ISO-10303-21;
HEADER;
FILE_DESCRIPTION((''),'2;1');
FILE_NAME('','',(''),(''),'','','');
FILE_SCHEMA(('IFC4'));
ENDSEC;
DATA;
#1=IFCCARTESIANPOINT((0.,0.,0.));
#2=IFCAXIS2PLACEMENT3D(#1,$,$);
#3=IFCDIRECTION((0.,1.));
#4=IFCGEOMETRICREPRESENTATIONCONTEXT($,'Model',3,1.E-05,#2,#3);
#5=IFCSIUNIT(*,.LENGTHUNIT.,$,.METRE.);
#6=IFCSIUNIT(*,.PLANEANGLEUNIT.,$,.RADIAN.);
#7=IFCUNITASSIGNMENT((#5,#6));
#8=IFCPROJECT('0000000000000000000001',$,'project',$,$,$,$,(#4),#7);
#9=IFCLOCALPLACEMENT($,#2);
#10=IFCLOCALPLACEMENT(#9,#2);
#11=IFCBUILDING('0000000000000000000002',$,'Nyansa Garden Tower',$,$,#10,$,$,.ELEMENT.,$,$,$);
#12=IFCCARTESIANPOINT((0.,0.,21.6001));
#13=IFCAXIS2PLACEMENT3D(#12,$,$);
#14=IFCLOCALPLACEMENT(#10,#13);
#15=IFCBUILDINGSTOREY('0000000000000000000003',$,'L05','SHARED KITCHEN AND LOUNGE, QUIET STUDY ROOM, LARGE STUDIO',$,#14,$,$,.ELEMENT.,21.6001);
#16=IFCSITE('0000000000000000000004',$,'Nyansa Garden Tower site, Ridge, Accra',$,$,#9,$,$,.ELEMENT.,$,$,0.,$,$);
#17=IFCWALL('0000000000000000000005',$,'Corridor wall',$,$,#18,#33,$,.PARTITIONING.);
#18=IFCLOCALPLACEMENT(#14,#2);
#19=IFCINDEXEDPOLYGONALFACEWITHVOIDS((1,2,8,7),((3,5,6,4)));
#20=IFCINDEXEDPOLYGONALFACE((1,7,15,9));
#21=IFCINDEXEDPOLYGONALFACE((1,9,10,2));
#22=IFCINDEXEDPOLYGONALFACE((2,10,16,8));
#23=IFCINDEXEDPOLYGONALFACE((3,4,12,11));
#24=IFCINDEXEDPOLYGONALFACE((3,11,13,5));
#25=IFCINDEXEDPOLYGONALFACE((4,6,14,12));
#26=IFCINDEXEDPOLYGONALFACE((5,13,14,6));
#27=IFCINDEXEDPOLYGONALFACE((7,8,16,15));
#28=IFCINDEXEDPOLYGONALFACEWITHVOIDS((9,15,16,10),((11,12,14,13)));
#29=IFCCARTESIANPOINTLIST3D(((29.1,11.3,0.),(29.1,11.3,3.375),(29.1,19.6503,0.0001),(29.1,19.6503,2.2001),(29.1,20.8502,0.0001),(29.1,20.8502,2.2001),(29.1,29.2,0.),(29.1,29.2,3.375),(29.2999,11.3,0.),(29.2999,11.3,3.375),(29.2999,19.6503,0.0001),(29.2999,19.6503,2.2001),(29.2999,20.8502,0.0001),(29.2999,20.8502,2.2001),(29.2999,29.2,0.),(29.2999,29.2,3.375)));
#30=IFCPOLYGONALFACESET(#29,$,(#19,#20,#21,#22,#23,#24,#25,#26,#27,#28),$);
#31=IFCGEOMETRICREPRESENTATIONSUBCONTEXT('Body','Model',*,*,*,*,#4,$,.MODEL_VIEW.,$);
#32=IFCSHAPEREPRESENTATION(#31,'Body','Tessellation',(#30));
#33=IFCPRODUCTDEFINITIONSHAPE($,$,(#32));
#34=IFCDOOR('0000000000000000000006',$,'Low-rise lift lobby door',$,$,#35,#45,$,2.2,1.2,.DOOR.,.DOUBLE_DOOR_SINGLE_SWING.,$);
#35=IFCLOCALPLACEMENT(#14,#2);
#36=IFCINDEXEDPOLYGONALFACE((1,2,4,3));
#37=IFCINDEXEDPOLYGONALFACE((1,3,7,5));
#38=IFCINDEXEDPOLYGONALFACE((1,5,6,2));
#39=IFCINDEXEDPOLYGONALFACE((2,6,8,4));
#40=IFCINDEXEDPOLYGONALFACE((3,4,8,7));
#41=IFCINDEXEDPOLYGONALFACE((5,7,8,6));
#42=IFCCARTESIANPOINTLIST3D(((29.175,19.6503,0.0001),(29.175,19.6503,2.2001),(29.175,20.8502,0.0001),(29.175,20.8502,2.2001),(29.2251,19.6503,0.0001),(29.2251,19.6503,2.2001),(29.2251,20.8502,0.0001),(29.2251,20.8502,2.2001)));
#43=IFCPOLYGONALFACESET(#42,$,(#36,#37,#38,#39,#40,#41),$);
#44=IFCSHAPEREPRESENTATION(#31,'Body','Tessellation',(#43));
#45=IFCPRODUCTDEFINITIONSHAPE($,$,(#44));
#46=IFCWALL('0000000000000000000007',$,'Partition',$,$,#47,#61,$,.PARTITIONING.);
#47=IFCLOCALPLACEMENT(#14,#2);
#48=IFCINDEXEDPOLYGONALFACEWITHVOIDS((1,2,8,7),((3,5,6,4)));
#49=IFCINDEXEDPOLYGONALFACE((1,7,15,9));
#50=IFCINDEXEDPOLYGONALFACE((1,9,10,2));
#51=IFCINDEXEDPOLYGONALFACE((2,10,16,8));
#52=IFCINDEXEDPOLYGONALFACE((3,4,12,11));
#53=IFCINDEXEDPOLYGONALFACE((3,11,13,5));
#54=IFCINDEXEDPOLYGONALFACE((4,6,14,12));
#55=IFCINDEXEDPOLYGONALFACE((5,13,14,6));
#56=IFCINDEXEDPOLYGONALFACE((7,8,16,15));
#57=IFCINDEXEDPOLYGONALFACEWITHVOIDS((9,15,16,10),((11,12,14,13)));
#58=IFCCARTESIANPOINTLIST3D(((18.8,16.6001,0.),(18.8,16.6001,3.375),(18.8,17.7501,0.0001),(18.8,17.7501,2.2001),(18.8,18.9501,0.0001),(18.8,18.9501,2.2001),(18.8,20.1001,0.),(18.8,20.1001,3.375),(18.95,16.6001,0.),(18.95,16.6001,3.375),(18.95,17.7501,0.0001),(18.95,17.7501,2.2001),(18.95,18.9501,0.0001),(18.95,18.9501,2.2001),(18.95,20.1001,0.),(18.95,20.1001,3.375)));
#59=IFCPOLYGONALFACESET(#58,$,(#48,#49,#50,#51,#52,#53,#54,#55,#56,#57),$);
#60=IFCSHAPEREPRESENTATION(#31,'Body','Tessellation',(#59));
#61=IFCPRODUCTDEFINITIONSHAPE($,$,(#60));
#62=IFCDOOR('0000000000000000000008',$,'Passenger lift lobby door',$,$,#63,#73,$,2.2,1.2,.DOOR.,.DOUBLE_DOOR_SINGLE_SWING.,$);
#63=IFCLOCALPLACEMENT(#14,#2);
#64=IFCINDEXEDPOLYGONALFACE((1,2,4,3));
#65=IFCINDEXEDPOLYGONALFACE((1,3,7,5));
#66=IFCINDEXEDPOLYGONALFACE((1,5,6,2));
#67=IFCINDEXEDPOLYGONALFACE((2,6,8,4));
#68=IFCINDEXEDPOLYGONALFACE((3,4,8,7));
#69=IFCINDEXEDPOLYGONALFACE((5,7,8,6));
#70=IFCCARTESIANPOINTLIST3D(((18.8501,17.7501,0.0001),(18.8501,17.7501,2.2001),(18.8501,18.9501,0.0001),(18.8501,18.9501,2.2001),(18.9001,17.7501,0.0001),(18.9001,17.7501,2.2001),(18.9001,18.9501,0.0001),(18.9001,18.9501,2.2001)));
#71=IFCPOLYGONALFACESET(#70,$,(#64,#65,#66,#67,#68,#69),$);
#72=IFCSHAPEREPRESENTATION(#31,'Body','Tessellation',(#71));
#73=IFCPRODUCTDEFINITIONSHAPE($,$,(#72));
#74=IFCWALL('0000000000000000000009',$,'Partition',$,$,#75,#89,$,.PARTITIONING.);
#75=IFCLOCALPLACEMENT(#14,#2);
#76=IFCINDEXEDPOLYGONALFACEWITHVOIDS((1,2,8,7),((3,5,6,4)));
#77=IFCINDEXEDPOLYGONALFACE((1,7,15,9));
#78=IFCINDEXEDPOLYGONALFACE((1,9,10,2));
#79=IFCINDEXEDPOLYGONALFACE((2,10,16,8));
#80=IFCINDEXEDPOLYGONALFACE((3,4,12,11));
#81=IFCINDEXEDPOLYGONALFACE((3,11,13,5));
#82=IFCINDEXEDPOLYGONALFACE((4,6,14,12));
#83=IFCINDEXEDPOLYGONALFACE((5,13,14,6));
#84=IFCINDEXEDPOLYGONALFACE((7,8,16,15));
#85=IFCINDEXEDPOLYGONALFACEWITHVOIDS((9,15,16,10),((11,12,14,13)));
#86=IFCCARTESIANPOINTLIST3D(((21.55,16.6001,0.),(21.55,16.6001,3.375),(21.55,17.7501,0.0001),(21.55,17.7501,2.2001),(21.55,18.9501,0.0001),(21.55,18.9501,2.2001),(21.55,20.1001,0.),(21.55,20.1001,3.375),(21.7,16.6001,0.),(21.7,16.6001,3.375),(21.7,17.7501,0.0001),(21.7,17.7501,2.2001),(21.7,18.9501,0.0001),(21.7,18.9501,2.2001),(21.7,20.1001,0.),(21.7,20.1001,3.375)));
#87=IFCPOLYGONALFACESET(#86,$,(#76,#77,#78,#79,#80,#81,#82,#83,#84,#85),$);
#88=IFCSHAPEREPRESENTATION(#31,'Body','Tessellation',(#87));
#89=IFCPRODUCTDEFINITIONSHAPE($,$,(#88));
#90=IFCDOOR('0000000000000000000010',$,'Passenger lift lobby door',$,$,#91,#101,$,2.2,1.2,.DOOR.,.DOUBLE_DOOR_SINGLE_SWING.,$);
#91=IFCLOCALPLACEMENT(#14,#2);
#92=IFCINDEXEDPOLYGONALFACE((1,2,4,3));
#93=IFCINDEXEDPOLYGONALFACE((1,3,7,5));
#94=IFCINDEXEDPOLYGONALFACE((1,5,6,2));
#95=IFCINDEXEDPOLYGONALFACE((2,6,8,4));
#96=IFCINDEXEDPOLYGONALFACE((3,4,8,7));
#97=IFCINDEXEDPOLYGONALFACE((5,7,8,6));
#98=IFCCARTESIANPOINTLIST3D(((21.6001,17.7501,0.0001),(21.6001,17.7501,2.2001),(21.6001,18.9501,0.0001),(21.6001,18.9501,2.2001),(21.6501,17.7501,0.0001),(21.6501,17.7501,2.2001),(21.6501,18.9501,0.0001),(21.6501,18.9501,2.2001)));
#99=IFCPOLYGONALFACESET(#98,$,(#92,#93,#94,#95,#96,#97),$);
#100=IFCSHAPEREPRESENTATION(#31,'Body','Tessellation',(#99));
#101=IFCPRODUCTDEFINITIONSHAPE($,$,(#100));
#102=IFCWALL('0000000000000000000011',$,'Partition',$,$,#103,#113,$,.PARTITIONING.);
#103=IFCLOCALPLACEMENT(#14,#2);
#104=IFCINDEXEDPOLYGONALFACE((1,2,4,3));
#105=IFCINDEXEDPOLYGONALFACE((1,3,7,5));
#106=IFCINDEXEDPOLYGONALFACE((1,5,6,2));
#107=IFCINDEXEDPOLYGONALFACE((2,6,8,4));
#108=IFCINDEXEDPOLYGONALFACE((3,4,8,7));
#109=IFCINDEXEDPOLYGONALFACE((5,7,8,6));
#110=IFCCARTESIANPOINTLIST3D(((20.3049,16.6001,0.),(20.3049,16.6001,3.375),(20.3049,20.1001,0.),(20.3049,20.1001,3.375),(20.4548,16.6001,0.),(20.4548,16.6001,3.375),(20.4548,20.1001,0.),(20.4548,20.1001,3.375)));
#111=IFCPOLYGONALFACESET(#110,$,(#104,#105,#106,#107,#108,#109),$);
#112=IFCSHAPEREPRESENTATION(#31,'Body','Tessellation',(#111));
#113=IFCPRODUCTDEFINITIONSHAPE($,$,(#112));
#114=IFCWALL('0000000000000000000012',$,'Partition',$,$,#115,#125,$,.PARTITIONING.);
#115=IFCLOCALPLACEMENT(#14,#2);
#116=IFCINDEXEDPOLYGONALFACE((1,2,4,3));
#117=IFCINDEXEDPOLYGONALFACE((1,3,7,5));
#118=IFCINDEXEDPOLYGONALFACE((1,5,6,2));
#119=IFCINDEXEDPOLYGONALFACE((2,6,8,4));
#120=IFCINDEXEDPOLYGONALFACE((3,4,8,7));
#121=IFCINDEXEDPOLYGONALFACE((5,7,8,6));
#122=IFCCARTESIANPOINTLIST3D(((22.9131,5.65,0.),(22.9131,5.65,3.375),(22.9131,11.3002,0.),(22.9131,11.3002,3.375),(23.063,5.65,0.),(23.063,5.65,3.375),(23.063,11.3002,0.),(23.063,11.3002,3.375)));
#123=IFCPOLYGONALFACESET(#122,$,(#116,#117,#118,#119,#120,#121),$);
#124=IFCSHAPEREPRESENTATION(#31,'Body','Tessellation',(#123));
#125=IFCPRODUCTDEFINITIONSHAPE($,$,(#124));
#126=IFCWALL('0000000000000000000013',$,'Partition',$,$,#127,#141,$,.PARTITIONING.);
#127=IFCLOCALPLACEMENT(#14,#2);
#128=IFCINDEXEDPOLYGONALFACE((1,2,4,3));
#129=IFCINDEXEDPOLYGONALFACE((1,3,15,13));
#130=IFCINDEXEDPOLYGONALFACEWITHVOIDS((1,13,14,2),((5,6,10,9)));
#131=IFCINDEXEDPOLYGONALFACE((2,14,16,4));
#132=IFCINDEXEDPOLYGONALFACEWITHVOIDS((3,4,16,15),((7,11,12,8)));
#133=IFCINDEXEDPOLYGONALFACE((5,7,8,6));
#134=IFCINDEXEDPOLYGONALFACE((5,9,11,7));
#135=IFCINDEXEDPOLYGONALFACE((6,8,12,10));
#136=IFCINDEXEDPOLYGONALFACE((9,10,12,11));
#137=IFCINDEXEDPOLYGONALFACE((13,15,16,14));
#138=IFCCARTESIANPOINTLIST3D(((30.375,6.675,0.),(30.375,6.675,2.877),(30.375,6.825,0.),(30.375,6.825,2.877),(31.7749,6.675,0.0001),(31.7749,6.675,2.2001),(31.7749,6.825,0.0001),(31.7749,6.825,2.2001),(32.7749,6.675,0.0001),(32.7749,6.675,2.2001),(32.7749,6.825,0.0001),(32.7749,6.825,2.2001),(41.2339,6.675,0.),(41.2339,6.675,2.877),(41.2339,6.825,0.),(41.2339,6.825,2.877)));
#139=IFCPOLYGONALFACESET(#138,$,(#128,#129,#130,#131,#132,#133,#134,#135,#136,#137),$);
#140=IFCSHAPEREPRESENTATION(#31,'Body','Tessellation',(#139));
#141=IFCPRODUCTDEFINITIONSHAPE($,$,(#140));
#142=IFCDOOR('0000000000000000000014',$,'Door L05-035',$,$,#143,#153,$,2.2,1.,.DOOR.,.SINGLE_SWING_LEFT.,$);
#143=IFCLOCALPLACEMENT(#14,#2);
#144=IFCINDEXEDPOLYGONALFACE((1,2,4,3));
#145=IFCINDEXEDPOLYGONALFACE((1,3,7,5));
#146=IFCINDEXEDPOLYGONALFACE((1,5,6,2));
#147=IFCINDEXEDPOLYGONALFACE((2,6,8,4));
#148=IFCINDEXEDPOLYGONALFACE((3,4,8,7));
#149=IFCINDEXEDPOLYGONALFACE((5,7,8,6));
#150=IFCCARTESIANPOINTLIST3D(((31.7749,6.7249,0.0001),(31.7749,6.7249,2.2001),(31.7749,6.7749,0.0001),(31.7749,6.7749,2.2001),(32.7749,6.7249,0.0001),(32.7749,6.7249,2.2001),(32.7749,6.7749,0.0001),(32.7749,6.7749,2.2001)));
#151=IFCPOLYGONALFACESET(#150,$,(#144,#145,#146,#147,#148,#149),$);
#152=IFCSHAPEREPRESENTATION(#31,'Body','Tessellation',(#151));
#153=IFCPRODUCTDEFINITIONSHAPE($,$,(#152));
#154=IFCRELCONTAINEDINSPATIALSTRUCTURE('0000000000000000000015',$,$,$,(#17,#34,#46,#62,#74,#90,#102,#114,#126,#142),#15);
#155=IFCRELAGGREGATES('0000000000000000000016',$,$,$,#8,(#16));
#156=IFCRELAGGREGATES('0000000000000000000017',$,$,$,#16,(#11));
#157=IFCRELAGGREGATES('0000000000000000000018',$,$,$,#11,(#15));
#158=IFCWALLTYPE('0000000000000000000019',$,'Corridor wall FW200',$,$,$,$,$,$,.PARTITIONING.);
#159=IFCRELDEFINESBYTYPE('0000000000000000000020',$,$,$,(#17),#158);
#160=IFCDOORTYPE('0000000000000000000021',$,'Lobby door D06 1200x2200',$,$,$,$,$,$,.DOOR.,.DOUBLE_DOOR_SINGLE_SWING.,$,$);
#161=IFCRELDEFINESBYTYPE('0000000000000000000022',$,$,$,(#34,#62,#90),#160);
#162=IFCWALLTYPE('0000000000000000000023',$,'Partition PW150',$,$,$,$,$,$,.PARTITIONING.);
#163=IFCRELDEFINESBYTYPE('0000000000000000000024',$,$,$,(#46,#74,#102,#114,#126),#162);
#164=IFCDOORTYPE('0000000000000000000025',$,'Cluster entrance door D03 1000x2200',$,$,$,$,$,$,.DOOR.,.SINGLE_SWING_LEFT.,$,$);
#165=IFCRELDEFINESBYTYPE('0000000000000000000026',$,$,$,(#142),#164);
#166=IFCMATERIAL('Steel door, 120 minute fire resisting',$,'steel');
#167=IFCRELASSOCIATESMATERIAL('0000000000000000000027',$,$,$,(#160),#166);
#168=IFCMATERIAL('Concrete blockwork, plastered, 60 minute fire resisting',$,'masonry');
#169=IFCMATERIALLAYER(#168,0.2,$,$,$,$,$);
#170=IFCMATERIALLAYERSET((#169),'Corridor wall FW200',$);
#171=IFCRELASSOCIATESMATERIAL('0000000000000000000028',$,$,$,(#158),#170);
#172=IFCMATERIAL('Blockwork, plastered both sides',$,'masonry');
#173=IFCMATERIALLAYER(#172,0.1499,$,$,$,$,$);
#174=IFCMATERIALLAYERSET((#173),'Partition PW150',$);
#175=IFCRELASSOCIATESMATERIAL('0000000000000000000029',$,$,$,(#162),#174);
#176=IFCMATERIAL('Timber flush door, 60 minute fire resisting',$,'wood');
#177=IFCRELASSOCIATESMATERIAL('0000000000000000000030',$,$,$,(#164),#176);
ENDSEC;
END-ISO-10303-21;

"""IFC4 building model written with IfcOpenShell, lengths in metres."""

from ifc_helpers import new_model, si_unit, direction, frame, frame_2d, origin, place, context, subcontext, project, spatial, rectangle, extrude, material, layer, layer_set, type_object, element, fill, save


model = new_model("IFC4")

# Units and contexts
model_context = context("Model", 3, precision=1e-05, world=origin(), true_north=direction((0.0, 1.0)))
body_context = subcontext(model_context, "Body", "Model", "MODEL_VIEW")
ifc_project = project(units=[si_unit("LENGTHUNIT", "METRE"), si_unit("PLANEANGLEUNIT", "RADIAN")], contexts=[model_context])

# Site, building, storey
site_placement = place(None, origin())
site = spatial("IfcSite", under=ifc_project, at=site_placement, Name="Nyansa Garden Tower site, Ridge, Accra", CompositionType="ELEMENT", RefElevation=0.0)
building_placement = place(site_placement, origin())
building = spatial("IfcBuilding", under=site, at=building_placement, Name="Nyansa Garden Tower", CompositionType="ELEMENT")
storey_placement = place(building_placement, frame((0.0, 0.0, 21.6001)))
storey = spatial("IfcBuildingStorey", under=building, at=storey_placement, Name="L05", Description="SHARED KITCHEN AND LOUNGE, QUIET STUDY ROOM, LARGE STUDIO", CompositionType="ELEMENT", Elevation=21.6001)

# Walls, openings, doors
ifc_material_1 = material(Name="Steel door, 120 minute fire resisting", Category="steel")
door_type_1 = type_object("IfcDoorType", Name="Lobby door D06 1200x2200", OperationType="DOUBLE_DOOR_SINGLE_SWING", PredefinedType="DOOR", material=ifc_material_1)
ifc_material_2 = material(Name="Concrete blockwork, plastered, 60 minute fire resisting", Category="masonry")
ifc_layer_1 = layer(ifc_material_2, 0.2)
ifc_layer_set_1 = layer_set([ifc_layer_1], Name="Corridor wall FW200")
wall_type_1 = type_object("IfcWallType", Name="Corridor wall FW200", PredefinedType="PARTITIONING", material=ifc_layer_set_1)
wall_1_placement = place(storey_placement, frame((29.2, 11.3, 0.0), z_axis=(0.0, 0.0, 1.0), x_axis=(0.0, 1.0, 0.0)))
wall_1 = element("IfcWall", 1, at=wall_1_placement, inside=storey, type_object=wall_type_1, Name="Corridor wall", PredefinedType="PARTITIONING", context=body_context, shape_type="SweptSolid", body=[
    extrude(rectangle(XDim=17.8999, YDim=0.2, at=frame_2d((8.95, 0.0))), origin(), (0.0, 0.0, 1.0), 3.375),
])
opening_1_placement = place(wall_1_placement, frame((8.3501, 0.0, 0.0)))
opening_1 = element("IfcOpeningElement", 2, at=opening_1_placement, cuts=wall_1, PredefinedType="OPENING", context=body_context, shape_type="SweptSolid", body=[
    extrude(rectangle(XDim=1.2, YDim=2.2, at=frame_2d((0.6001, 1.1001))), frame((0.0, 0.1099, 0.0), z_axis=(0.0, -1.0, 0.0), x_axis=(1.0, 0.0, 0.0)), (0.0, 0.0, 1.0), 0.22),
])
door_1_placement = place(opening_1_placement, origin())
door_1 = element("IfcDoor", 3, at=door_1_placement, inside=storey, type_object=door_type_1, Name="Low-rise lift lobby door", OperationType="DOUBLE_DOOR_SINGLE_SWING", OverallHeight=2.2, OverallWidth=1.2, PredefinedType="DOOR", context=body_context, shape_type="SweptSolid", body=[
    extrude(rectangle(XDim=1.2, YDim=2.2, at=frame_2d((0.6001, 1.1001))), frame((0.0, 0.0249, 0.0), z_axis=(0.0, -1.0, 0.0), x_axis=(1.0, 0.0, 0.0)), (0.0, 0.0, 1.0), 0.05),
])
fill(opening_1, door_1)
ifc_material_3 = material(Name="Blockwork, plastered both sides", Category="masonry")
ifc_layer_2 = layer(ifc_material_3, 0.1499)
ifc_layer_set_2 = layer_set([ifc_layer_2], Name="Partition PW150")
wall_type_2 = type_object("IfcWallType", Name="Partition PW150", PredefinedType="PARTITIONING", material=ifc_layer_set_2)
wall_2_placement = place(storey_placement, frame((18.875, 16.6001, 0.0), z_axis=(0.0, 0.0, 1.0), x_axis=(0.0, 1.0, 0.0)))
wall_2 = element("IfcWall", 4, at=wall_2_placement, inside=storey, type_object=wall_type_2, Name="Partition", PredefinedType="PARTITIONING", context=body_context, shape_type="SweptSolid", body=[
    extrude(rectangle(XDim=3.5, YDim=0.1499, at=frame_2d((1.75, 0.0))), origin(), (0.0, 0.0, 1.0), 3.375),
])
opening_2_placement = place(wall_2_placement, frame((1.1499, 0.0, 0.0)))
opening_2 = element("IfcOpeningElement", 5, at=opening_2_placement, cuts=wall_2, PredefinedType="OPENING", context=body_context, shape_type="SweptSolid", body=[
    extrude(rectangle(XDim=1.2, YDim=2.2, at=frame_2d((0.6001, 1.1001))), frame((0.0, 0.085, 0.0), z_axis=(0.0, -1.0, 0.0), x_axis=(1.0, 0.0, 0.0)), (0.0, 0.0, 1.0), 0.1699),
])
door_2_placement = place(opening_2_placement, origin())
door_2 = element("IfcDoor", 6, at=door_2_placement, inside=storey, type_object=door_type_1, Name="Passenger lift lobby door", OperationType="DOUBLE_DOOR_SINGLE_SWING", OverallHeight=2.2, OverallWidth=1.2, PredefinedType="DOOR", context=body_context, shape_type="SweptSolid", body=[
    extrude(rectangle(XDim=1.2, YDim=2.2, at=frame_2d((0.6001, 1.1001))), frame((0.0, 0.0249, 0.0), z_axis=(0.0, -1.0, 0.0), x_axis=(1.0, 0.0, 0.0)), (0.0, 0.0, 1.0), 0.05),
])
fill(opening_2, door_2)
wall_3_placement = place(storey_placement, frame((21.625, 16.6001, 0.0), z_axis=(0.0, 0.0, 1.0), x_axis=(0.0, 1.0, 0.0)))
wall_3 = element("IfcWall", 7, at=wall_3_placement, inside=storey, type_object=wall_type_2, Name="Partition", PredefinedType="PARTITIONING", context=body_context, shape_type="SweptSolid", body=[
    extrude(rectangle(XDim=3.5, YDim=0.1499, at=frame_2d((1.75, 0.0))), origin(), (0.0, 0.0, 1.0), 3.375),
])
opening_3_placement = place(wall_3_placement, frame((1.1499, 0.0, 0.0)))
opening_3 = element("IfcOpeningElement", 8, at=opening_3_placement, cuts=wall_3, PredefinedType="OPENING", context=body_context, shape_type="SweptSolid", body=[
    extrude(rectangle(XDim=1.2, YDim=2.2, at=frame_2d((0.6001, 1.1001))), frame((0.0, 0.085, 0.0), z_axis=(0.0, -1.0, 0.0), x_axis=(1.0, 0.0, 0.0)), (0.0, 0.0, 1.0), 0.1699),
])
door_3_placement = place(opening_3_placement, origin())
door_3 = element("IfcDoor", 9, at=door_3_placement, inside=storey, type_object=door_type_1, Name="Passenger lift lobby door", OperationType="DOUBLE_DOOR_SINGLE_SWING", OverallHeight=2.2, OverallWidth=1.2, PredefinedType="DOOR", context=body_context, shape_type="SweptSolid", body=[
    extrude(rectangle(XDim=1.2, YDim=2.2, at=frame_2d((0.6001, 1.1001))), frame((0.0, 0.0249, 0.0), z_axis=(0.0, -1.0, 0.0), x_axis=(1.0, 0.0, 0.0)), (0.0, 0.0, 1.0), 0.05),
])
fill(opening_3, door_3)

# Walls
wall_4_placement = place(storey_placement, frame((20.3799, 16.6001, 0.0), z_axis=(0.0, 0.0, 1.0), x_axis=(0.0, 1.0, 0.0)))
element("IfcWall", 10, at=wall_4_placement, inside=storey, type_object=wall_type_2, Name="Partition", PredefinedType="PARTITIONING", context=body_context, shape_type="SweptSolid", body=[
    extrude(rectangle(XDim=3.5, YDim=0.1499, at=frame_2d((1.75, 0.0))), origin(), (0.0, 0.0, 1.0), 3.375),
])
wall_5_placement = place(storey_placement, frame((22.988, 5.6499, 0.0), z_axis=(0.0, 0.0, 1.0), x_axis=(0.0, 1.0, 0.0)))
element("IfcWall", 11, at=wall_5_placement, inside=storey, type_object=wall_type_2, Name="Partition", PredefinedType="PARTITIONING", context=body_context, shape_type="SweptSolid", body=[
    extrude(rectangle(XDim=5.6501, YDim=0.1499, at=frame_2d((2.8252, 0.0))), origin(), (0.0, 0.0, 1.0), 3.375),
])

# Wall, opening, door
wall_6_placement = place(storey_placement, frame((30.375, 6.75, 0.0), z_axis=(0.0, 0.0, 1.0), x_axis=(1.0, 0.0, 0.0)))
wall_6 = element("IfcWall", 12, at=wall_6_placement, inside=storey, type_object=wall_type_2, Name="Partition", PredefinedType="PARTITIONING", context=body_context, shape_type="SweptSolid", body=[
    extrude(rectangle(XDim=10.8589, YDim=0.1499, at=frame_2d((5.4294, 0.0))), origin(), (0.0, 0.0, 1.0), 2.877),
])
opening_4_placement = place(wall_6_placement, frame((1.3999, 0.0, 0.0)))
opening_4 = element("IfcOpeningElement", 13, at=opening_4_placement, cuts=wall_6, PredefinedType="OPENING", context=body_context, shape_type="SweptSolid", body=[
    extrude(rectangle(XDim=1.0, YDim=2.2, at=frame_2d((0.5, 1.1001))), frame((0.0, 0.085, 0.0), z_axis=(0.0, -1.0, 0.0), x_axis=(1.0, 0.0, 0.0)), (0.0, 0.0, 1.0), 0.1699),
])
ifc_material_4 = material(Name="Timber flush door, 60 minute fire resisting", Category="wood")
door_type_2 = type_object("IfcDoorType", Name="Cluster entrance door D03 1000x2200", OperationType="SINGLE_SWING_LEFT", PredefinedType="DOOR", material=ifc_material_4)
door_4_placement = place(opening_4_placement, origin())
door_4 = element("IfcDoor", 14, at=door_4_placement, inside=storey, type_object=door_type_2, Name="Door L05-035", OperationType="SINGLE_SWING_LEFT", OverallHeight=2.2, OverallWidth=1.0, PredefinedType="DOOR", context=body_context, shape_type="SweptSolid", body=[
    extrude(rectangle(XDim=1.0, YDim=2.2, at=frame_2d((0.5, 1.1001))), frame((0.0, 0.0249, 0.0), z_axis=(0.0, -1.0, 0.0), x_axis=(1.0, 0.0, 0.0)), (0.0, 0.0, 1.0), 0.05),
])
fill(opening_4, door_4)

save(model, "model.ifc")
